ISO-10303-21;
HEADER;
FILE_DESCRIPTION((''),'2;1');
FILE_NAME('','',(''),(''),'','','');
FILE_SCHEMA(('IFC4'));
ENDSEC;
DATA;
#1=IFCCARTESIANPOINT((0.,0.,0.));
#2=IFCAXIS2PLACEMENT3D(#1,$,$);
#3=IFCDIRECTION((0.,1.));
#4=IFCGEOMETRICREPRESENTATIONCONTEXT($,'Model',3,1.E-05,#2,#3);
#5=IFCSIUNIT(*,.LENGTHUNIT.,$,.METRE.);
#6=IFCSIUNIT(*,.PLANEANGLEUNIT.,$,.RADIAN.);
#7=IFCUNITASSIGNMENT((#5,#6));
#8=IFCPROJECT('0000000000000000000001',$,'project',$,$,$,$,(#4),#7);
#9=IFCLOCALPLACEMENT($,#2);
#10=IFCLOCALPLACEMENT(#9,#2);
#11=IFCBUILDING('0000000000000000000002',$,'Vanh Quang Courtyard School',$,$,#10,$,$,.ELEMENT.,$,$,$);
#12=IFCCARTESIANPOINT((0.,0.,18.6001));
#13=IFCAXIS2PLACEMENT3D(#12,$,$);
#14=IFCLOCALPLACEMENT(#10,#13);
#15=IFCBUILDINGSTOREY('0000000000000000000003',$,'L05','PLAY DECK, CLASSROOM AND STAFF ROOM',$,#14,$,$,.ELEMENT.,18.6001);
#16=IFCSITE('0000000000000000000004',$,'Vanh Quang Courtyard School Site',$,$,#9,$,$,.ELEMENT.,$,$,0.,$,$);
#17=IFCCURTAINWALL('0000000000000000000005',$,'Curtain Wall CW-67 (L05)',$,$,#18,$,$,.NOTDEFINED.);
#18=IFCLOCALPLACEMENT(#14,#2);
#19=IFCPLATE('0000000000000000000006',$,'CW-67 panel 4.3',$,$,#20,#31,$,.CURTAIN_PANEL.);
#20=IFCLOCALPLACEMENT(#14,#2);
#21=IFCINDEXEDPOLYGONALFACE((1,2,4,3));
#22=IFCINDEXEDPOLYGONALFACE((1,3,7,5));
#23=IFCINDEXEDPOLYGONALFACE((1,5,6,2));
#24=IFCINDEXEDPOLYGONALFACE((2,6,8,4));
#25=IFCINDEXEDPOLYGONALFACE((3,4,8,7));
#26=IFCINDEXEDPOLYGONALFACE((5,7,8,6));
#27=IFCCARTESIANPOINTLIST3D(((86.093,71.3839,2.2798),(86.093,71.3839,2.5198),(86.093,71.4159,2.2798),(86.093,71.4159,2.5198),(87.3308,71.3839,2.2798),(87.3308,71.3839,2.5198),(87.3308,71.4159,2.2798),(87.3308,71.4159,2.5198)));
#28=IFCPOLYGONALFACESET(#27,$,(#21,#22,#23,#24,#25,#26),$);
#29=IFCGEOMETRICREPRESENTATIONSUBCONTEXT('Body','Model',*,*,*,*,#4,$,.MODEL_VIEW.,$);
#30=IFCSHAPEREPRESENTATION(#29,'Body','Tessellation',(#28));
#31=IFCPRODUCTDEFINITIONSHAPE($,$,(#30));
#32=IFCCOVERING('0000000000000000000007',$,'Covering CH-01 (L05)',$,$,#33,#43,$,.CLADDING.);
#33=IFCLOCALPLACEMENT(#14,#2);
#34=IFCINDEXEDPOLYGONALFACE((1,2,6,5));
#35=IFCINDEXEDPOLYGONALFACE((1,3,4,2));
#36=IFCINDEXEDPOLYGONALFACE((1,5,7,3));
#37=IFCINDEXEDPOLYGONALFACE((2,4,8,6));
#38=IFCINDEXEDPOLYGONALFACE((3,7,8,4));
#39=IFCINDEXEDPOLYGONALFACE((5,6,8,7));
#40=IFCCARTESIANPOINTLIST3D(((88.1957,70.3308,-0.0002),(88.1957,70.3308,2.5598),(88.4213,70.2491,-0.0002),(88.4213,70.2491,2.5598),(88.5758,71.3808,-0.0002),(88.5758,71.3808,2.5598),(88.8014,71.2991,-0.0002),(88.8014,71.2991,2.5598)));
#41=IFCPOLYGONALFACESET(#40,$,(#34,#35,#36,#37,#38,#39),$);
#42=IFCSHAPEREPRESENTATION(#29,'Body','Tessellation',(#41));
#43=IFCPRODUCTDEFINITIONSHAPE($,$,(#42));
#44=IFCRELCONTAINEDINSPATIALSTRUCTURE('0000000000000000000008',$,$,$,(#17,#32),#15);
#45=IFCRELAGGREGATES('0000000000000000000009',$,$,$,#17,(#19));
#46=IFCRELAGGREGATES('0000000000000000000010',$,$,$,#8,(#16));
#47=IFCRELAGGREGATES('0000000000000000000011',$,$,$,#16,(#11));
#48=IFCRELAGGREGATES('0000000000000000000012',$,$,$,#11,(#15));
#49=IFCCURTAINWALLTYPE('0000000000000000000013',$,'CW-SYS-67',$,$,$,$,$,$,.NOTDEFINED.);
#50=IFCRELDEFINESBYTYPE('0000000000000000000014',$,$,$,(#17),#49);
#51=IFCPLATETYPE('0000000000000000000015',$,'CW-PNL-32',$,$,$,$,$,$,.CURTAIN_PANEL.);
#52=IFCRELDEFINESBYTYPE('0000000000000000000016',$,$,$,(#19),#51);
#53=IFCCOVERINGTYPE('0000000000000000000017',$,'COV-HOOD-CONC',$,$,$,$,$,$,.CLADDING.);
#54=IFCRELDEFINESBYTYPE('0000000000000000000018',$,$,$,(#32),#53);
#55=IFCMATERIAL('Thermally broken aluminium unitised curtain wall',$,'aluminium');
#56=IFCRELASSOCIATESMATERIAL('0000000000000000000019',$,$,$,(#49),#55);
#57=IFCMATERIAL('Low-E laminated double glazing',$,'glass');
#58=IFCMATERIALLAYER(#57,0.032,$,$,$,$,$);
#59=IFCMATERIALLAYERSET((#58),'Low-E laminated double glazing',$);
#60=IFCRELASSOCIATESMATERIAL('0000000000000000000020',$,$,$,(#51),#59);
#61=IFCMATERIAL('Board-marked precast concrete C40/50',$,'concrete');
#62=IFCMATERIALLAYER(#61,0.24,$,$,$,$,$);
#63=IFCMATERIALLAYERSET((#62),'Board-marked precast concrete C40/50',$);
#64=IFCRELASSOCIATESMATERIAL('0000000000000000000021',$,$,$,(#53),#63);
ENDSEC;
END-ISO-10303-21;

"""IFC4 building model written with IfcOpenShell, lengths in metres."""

from ifc_helpers import new_model, si_unit, direction, frame, origin, origin_2d, place, context, subcontext, project, spatial, rectangle, extrude, material, layer, layer_set, type_object, element, aggregate, save


model = new_model("IFC4")

# Units and contexts
model_context = context("Model", 3, precision=1e-05, world=origin(), true_north=direction((0.0, 1.0)))
body_context = subcontext(model_context, "Body", "Model", "MODEL_VIEW")
ifc_project = project(units=[si_unit("LENGTHUNIT", "METRE"), si_unit("PLANEANGLEUNIT", "RADIAN")], contexts=[model_context])

# Site, building, storey
site_placement = place(None, origin())
site = spatial("IfcSite", under=ifc_project, at=site_placement, Name="Vanh Quang Courtyard School Site", CompositionType="ELEMENT", RefElevation=0.0)
building_placement = place(site_placement, origin())
building = spatial("IfcBuilding", under=site, at=building_placement, Name="Vanh Quang Courtyard School", CompositionType="ELEMENT")
storey_placement = place(building_placement, frame((0.0, 0.0, 18.6001)))
storey = spatial("IfcBuildingStorey", under=building, at=storey_placement, Name="L05", Description="PLAY DECK, CLASSROOM AND STAFF ROOM", CompositionType="ELEMENT", Elevation=18.6001)

# Curtain wall, plate
ifc_material_1 = material(Name="Thermally broken aluminium unitised curtain wall", Category="aluminium")
curtain_wall_type = type_object("IfcCurtainWallType", Name="CW-SYS-67", PredefinedType="NOTDEFINED", material=ifc_material_1)
curtain_wall_placement = place(storey_placement, origin())
curtain_wall = element("IfcCurtainWall", 1, at=curtain_wall_placement, inside=storey, type_object=curtain_wall_type, Name="Curtain Wall CW-67 (L05)", PredefinedType="NOTDEFINED")
ifc_material_2 = material(Name="Low-E laminated double glazing", Category="glass")
ifc_layer_1 = layer(ifc_material_2, 0.032)
ifc_layer_set_1 = layer_set([ifc_layer_1], Name="Low-E laminated double glazing")
plate_type = type_object("IfcPlateType", Name="CW-PNL-32", PredefinedType="CURTAIN_PANEL", material=ifc_layer_set_1)
plate_1_placement = place(storey_placement, frame((86.7119, 71.3999, 2.2798), z_axis=(0.0, 0.0, 1.0), x_axis=(-1.0, 0.0, 0.0)))
plate_1 = element("IfcPlate", 2, at=plate_1_placement, type_object=plate_type, Name="CW-67 panel 4.3", PredefinedType="CURTAIN_PANEL", context=body_context, shape_type="SweptSolid", body=[
    extrude(rectangle(XDim=1.2378, YDim=0.032, at=origin_2d()), origin(), (0.0, 0.0, 1.0), 0.24),
])
aggregate(curtain_wall, [plate_1])

# Covering
ifc_material_3 = material(Name="Board-marked precast concrete C40/50", Category="concrete")
ifc_layer_2 = layer(ifc_material_3, 0.24)
ifc_layer_set_2 = layer_set([ifc_layer_2], Name="Board-marked precast concrete C40/50")
covering_type = type_object("IfcCoveringType", Name="COV-HOOD-CONC", PredefinedType="CLADDING", material=ifc_layer_set_2)
covering_placement = place(storey_placement, frame((88.4985, 70.8149, -0.0002), z_axis=(0.0, 0.0, 1.0), x_axis=(-0.34038, -0.940288, 0.0)))
element("IfcCovering", 3, at=covering_placement, inside=storey, type_object=covering_type, Name="Covering CH-01 (L05)", PredefinedType="CLADDING", context=body_context, shape_type="SweptSolid", body=[
    extrude(rectangle(XDim=1.1167, YDim=0.24, at=origin_2d()), origin(), (0.0, 0.0, 1.0), 2.5601),
])

save(model, "model.ifc")
